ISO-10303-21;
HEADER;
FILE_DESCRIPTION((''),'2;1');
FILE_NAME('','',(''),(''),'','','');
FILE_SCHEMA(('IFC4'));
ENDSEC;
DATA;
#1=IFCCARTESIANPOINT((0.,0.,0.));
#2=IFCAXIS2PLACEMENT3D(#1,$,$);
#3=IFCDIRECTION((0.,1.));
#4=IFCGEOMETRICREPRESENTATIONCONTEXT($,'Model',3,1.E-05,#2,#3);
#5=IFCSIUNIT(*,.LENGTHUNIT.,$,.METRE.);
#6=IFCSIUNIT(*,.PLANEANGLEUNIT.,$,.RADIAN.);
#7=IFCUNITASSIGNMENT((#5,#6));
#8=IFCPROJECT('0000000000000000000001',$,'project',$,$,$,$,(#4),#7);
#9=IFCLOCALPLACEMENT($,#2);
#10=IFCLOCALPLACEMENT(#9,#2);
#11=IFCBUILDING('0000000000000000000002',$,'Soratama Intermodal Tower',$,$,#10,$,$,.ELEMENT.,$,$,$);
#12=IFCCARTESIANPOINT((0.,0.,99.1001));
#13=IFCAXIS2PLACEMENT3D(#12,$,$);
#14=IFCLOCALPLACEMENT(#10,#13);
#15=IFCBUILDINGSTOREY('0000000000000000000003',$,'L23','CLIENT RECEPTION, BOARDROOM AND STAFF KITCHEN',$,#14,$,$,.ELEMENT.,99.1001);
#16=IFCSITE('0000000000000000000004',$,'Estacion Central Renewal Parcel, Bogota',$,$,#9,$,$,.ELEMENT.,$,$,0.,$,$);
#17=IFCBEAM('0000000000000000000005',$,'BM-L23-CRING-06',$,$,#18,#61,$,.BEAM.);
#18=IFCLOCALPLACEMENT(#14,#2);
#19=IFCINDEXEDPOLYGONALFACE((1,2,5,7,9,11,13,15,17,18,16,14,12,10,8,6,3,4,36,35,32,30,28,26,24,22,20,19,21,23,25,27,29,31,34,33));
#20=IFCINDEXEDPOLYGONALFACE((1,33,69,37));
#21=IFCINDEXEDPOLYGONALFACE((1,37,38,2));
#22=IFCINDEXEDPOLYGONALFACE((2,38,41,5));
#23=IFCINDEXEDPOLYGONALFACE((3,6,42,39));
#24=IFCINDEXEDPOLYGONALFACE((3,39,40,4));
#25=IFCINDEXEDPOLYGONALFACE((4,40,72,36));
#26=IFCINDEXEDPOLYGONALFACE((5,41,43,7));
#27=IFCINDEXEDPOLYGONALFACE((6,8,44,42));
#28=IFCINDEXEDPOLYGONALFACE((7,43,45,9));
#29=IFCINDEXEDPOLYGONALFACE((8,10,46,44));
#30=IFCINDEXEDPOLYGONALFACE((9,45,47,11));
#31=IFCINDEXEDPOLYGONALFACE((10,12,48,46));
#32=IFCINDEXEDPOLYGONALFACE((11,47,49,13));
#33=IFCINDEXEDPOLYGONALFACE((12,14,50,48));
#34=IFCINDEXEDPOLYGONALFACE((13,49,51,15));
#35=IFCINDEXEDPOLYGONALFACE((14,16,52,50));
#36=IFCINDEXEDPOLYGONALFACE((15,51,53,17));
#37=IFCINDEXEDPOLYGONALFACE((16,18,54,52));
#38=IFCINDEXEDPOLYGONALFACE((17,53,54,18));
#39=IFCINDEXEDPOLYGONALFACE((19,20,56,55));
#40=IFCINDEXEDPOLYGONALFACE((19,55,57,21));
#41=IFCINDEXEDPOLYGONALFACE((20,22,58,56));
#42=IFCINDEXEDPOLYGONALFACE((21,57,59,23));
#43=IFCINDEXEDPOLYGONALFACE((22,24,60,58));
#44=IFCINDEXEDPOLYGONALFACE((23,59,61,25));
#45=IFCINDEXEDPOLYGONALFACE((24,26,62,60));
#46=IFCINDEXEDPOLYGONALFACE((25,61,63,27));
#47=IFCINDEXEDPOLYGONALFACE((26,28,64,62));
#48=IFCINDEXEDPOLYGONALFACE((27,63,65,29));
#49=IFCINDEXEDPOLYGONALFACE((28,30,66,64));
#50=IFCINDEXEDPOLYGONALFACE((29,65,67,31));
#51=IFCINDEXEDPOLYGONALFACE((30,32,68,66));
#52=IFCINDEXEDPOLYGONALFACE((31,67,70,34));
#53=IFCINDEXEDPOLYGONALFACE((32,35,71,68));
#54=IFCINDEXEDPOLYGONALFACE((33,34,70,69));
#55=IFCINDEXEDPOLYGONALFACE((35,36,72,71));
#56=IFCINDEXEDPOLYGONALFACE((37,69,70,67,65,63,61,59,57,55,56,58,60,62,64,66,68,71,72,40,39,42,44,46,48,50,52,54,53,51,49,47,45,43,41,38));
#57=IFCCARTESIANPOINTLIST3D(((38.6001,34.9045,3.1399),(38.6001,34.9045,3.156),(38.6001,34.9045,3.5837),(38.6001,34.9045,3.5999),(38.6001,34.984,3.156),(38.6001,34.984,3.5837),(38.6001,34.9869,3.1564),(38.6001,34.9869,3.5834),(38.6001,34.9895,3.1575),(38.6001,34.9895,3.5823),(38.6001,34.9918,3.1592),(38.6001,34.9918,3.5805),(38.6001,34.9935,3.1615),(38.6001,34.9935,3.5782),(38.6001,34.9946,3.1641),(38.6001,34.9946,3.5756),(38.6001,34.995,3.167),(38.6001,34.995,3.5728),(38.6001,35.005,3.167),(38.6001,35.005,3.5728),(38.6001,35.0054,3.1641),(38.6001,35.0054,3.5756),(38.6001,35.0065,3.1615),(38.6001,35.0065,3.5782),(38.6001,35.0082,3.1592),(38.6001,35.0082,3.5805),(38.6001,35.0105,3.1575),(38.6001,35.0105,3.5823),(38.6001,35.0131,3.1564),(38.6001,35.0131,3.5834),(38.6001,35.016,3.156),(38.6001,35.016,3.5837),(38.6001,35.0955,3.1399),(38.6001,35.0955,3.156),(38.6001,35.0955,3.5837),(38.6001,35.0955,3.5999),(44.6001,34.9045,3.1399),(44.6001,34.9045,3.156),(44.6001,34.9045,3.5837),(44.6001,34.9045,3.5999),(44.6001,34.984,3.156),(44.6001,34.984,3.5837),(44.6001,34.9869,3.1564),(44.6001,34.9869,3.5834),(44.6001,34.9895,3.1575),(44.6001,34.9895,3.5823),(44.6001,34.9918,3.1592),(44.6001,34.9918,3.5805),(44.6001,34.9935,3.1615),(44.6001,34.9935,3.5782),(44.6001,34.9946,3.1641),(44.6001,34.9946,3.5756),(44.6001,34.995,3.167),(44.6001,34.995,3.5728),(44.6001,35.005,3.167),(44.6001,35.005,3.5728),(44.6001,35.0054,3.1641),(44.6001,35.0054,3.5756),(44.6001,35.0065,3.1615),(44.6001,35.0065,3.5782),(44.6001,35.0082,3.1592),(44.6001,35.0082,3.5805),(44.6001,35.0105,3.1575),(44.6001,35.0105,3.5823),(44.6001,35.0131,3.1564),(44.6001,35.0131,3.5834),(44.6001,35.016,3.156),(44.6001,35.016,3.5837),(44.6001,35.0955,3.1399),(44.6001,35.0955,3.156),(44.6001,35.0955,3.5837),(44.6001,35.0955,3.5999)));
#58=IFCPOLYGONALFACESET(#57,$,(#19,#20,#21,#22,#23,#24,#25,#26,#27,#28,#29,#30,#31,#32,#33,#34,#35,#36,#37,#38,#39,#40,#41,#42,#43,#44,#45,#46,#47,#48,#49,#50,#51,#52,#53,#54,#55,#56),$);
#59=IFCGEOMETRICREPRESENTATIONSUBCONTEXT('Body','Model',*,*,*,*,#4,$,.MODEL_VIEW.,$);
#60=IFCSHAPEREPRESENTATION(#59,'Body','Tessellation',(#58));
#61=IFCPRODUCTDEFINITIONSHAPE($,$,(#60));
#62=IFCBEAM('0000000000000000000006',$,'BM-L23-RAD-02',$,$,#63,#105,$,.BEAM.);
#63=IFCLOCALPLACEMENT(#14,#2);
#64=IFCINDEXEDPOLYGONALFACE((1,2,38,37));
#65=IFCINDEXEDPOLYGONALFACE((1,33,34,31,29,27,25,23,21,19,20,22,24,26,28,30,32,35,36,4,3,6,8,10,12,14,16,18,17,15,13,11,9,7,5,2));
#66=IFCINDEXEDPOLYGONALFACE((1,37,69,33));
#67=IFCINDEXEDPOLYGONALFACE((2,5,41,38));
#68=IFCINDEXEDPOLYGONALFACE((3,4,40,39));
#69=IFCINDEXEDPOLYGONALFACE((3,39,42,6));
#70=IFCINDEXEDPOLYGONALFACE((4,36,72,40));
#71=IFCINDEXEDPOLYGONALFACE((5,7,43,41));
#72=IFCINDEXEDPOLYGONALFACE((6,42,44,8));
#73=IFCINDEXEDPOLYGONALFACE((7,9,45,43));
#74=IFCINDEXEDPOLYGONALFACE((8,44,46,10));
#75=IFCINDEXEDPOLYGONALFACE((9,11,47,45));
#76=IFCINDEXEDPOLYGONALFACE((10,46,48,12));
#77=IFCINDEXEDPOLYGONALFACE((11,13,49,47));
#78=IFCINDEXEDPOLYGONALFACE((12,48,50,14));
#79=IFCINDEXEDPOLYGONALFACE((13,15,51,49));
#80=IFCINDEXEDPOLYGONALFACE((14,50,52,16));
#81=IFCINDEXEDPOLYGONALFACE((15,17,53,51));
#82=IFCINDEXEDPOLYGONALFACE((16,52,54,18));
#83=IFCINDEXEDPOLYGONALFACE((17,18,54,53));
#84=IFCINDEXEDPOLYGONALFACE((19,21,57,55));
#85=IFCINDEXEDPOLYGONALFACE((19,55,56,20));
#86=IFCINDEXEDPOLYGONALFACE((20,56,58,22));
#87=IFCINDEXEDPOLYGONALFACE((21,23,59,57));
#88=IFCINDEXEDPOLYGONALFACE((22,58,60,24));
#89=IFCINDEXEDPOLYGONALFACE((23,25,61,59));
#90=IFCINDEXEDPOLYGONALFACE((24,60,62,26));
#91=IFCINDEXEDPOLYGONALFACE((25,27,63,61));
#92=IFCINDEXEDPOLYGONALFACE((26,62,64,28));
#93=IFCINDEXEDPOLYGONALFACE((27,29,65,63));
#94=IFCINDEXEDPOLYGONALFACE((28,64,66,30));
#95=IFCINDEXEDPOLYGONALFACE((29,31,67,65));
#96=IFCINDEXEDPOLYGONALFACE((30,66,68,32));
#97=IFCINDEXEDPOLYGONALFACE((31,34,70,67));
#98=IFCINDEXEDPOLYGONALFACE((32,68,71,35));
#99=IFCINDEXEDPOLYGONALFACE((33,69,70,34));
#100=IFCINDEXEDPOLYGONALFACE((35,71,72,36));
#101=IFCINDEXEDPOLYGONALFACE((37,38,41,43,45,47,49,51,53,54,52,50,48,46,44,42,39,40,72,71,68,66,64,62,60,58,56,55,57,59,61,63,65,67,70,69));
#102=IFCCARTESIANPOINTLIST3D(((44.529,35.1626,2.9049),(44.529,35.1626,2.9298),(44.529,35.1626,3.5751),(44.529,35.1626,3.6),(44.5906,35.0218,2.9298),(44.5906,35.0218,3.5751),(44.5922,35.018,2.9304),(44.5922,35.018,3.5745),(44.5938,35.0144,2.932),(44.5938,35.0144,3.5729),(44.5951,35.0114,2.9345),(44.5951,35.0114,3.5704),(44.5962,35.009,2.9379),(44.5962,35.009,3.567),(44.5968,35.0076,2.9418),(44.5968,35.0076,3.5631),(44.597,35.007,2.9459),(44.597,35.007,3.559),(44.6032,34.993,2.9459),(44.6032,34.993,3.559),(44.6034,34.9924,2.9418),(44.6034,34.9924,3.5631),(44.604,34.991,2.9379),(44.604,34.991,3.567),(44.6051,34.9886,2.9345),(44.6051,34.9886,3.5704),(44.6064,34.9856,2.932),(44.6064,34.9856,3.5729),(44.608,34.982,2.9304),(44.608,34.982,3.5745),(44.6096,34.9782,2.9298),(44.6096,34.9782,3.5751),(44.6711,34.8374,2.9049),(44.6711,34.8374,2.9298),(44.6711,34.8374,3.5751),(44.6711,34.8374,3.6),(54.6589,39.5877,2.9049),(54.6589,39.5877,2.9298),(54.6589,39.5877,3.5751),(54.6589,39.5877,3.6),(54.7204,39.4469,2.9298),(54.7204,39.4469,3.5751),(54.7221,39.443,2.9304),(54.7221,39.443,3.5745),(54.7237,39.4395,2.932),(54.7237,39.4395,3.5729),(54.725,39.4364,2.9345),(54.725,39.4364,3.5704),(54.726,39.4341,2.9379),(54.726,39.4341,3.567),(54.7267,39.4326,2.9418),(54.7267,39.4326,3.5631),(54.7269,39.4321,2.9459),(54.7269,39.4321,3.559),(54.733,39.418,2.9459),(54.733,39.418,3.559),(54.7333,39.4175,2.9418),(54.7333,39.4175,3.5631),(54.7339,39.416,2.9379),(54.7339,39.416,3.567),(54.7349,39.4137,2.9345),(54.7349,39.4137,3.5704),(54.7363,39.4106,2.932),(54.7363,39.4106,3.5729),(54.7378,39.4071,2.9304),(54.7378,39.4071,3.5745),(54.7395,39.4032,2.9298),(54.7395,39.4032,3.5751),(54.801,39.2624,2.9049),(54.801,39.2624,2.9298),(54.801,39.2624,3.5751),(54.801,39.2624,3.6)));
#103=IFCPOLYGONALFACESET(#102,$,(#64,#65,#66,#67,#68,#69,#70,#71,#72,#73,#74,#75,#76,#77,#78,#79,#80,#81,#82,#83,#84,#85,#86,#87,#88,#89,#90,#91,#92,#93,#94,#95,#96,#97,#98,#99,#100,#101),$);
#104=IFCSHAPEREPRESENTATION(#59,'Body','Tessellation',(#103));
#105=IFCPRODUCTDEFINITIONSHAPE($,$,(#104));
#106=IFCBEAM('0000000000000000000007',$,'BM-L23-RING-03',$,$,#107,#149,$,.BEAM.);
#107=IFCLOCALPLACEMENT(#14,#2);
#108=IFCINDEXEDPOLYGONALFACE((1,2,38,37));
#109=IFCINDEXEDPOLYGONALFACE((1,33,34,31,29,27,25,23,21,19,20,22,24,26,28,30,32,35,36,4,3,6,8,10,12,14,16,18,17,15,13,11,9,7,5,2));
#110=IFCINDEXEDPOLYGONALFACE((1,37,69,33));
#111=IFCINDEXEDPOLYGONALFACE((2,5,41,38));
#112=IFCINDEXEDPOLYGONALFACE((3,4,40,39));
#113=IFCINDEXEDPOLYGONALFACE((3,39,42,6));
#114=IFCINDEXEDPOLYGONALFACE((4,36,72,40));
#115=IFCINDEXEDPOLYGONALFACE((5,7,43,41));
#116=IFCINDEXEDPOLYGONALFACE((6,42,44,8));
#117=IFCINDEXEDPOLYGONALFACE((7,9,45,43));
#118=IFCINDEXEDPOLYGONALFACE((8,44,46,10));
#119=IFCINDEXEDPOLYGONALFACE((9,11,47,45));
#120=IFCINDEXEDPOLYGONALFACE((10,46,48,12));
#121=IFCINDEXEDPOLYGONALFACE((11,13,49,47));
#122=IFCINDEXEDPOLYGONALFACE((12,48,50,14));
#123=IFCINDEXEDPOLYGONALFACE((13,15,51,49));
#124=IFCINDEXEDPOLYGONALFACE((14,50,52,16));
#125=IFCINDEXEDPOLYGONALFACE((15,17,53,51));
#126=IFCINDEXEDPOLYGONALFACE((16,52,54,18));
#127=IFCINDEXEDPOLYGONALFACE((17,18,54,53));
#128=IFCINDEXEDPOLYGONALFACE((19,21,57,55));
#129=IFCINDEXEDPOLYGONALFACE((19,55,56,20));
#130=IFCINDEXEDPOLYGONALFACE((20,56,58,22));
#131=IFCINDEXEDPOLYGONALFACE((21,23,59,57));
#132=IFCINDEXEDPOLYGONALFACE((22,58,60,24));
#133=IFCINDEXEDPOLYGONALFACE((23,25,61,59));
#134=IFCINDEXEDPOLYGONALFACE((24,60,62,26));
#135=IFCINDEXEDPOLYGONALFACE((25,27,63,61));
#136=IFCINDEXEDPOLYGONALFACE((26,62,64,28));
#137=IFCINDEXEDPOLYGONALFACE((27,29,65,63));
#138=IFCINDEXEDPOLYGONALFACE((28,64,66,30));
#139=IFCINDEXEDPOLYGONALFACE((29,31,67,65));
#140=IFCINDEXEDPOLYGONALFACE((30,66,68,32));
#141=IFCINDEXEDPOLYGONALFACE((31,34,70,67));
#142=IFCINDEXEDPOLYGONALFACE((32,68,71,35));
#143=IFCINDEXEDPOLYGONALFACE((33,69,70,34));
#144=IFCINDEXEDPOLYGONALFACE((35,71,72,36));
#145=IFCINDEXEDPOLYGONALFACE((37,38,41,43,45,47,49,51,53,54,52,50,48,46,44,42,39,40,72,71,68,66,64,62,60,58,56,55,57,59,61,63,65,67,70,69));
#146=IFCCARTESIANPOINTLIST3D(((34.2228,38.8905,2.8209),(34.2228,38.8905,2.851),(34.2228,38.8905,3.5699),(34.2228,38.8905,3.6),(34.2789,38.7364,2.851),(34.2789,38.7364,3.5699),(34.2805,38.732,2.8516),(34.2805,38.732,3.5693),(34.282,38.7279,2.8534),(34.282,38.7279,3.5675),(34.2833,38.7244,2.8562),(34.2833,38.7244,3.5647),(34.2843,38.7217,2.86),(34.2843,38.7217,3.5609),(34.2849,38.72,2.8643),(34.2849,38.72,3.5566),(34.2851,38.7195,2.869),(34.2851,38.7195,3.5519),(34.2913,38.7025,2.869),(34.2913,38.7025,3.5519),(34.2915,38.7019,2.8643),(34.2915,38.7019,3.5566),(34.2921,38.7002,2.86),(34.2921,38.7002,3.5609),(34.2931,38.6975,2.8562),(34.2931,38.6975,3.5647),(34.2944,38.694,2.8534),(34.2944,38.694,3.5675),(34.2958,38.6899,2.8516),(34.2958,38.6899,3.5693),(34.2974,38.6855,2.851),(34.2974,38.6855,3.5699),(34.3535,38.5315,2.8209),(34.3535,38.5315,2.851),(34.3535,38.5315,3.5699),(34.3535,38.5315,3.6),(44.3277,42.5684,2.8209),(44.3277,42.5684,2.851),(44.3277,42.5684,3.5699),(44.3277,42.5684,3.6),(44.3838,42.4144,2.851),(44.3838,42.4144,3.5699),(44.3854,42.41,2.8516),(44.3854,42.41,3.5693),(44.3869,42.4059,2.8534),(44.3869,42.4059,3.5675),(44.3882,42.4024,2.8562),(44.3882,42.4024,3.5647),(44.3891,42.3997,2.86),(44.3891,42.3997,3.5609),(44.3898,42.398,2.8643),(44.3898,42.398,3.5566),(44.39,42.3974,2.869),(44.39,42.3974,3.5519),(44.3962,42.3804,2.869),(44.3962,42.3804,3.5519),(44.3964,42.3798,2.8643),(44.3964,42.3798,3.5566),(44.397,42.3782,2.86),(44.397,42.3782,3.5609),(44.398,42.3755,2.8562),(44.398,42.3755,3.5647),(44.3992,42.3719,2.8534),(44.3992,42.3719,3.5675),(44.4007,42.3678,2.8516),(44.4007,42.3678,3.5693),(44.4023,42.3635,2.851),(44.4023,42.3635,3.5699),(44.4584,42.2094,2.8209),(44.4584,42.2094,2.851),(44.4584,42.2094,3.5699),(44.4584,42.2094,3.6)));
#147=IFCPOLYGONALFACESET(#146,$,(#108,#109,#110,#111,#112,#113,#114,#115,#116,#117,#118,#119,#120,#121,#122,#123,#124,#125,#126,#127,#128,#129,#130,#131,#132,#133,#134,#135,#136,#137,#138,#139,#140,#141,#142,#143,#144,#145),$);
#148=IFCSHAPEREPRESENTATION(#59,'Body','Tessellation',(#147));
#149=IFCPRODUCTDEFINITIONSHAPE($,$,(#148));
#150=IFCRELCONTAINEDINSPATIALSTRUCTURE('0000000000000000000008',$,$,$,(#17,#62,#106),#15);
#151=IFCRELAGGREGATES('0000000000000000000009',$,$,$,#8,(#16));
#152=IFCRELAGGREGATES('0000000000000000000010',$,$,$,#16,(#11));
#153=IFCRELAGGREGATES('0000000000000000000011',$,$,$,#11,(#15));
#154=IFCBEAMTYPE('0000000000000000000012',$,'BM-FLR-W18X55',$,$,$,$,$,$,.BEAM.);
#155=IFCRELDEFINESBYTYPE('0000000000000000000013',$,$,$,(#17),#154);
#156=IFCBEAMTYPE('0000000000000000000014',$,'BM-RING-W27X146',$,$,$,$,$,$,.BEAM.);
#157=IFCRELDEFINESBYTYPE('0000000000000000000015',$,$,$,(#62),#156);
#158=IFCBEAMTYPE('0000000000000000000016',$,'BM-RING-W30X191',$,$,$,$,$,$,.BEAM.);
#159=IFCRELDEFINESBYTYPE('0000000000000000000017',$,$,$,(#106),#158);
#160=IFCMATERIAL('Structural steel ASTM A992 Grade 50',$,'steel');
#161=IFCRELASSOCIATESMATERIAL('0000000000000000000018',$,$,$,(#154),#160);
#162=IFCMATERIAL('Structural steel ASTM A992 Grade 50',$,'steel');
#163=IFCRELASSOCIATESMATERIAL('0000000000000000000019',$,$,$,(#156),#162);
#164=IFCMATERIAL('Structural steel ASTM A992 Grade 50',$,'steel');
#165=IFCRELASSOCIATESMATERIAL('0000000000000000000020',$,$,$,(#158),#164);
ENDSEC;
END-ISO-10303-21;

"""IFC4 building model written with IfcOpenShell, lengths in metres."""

from ifc_helpers import new_model, si_unit, direction, frame, origin, origin_2d, place, context, subcontext, project, spatial, i_section, extrude, material, material_profile, profile_set, type_object, element, save


model = new_model("IFC4")

# Units and contexts
model_context = context("Model", 3, precision=1e-05, world=origin(), true_north=direction((0.0, 1.0)))
body_context = subcontext(model_context, "Body", "Model", "MODEL_VIEW")
ifc_project = project(units=[si_unit("LENGTHUNIT", "METRE"), si_unit("PLANEANGLEUNIT", "RADIAN")], contexts=[model_context])

# Site, building, storey
site_placement = place(None, origin())
site = spatial("IfcSite", under=ifc_project, at=site_placement, Name="Estacion Central Renewal Parcel, Bogota", CompositionType="ELEMENT", RefElevation=0.0)
building_placement = place(site_placement, origin())
building = spatial("IfcBuilding", under=site, at=building_placement, Name="Soratama Intermodal Tower", CompositionType="ELEMENT")
storey_placement = place(building_placement, frame((0.0, 0.0, 99.1001)))
storey = spatial("IfcBuildingStorey", under=building, at=storey_placement, Name="L23", Description="CLIENT RECEPTION, BOARDROOM AND STAFF KITCHEN", CompositionType="ELEMENT", Elevation=99.1001)

# Beams
ifc_material_1 = material(Name="Structural steel ASTM A992 Grade 50", Category="steel")
ifc_material_profile_1 = material_profile(ifc_material_1, i_section(OverallWidth=0.1909, OverallDepth=0.46, WebThickness=0.01, FlangeThickness=0.0161, FilletRadius=0.011, at=origin_2d()), Name="W18X55")
ifc_profile_set_1 = profile_set([ifc_material_profile_1], Name="Structural steel ASTM A992 Grade 50")
beam_type_1 = type_object("IfcBeamType", Name="BM-FLR-W18X55", PredefinedType="BEAM", material=ifc_profile_set_1)
beam_1_placement = place(storey_placement, frame((44.6001, 35.0, 3.3699), z_axis=(-1.0, 0.0, 0.0), x_axis=(0.0, -1.0, 0.0)))
element("IfcBeam", 1, at=beam_1_placement, inside=storey, type_object=beam_type_1, Name="BM-L23-CRING-06", PredefinedType="BEAM", context=body_context, shape_type="SweptSolid", body=[
    extrude(i_section(OverallWidth=0.1909, OverallDepth=0.46, WebThickness=0.01, FlangeThickness=0.0161, FilletRadius=0.011, at=origin_2d()), origin(), (0.0, 0.0, 1.0), 6.0),
])
ifc_material_2 = material(Name="Structural steel ASTM A992 Grade 50", Category="steel")
ifc_material_profile_2 = material_profile(ifc_material_2, i_section(OverallWidth=0.355, OverallDepth=0.6951, WebThickness=0.0154, FlangeThickness=0.0249, FilletRadius=0.0161, at=origin_2d()), Name="W27X146")
ifc_profile_set_2 = profile_set([ifc_material_profile_2], Name="Structural steel ASTM A992 Grade 50")
beam_type_2 = type_object("IfcBeamType", Name="BM-RING-W27X146", PredefinedType="BEAM", material=ifc_profile_set_2)
beam_2_placement = place(storey_placement, frame((44.6001, 35.0, 3.2524), z_axis=(0.916382, 0.400304, 0.0), x_axis=(-0.400304, 0.916382, 0.0)))
element("IfcBeam", 2, at=beam_2_placement, inside=storey, type_object=beam_type_2, Name="BM-L23-RAD-02", PredefinedType="BEAM", context=body_context, shape_type="SweptSolid", body=[
    extrude(i_section(OverallWidth=0.355, OverallDepth=0.6951, WebThickness=0.0154, FlangeThickness=0.0249, FilletRadius=0.0161, at=origin_2d()), origin(), (0.0, 0.0, 1.0), 11.0542),
])
ifc_material_3 = material(Name="Structural steel ASTM A992 Grade 50", Category="steel")
ifc_material_profile_3 = material_profile(ifc_material_3, i_section(OverallWidth=0.3821, OverallDepth=0.7791, WebThickness=0.0181, FlangeThickness=0.03, FilletRadius=0.0181, at=origin_2d()), Name="W30X191")
ifc_profile_set_3 = profile_set([ifc_material_profile_3], Name="Structural steel ASTM A992 Grade 50")
beam_type_3 = type_object("IfcBeamType", Name="BM-RING-W30X191", PredefinedType="BEAM", material=ifc_profile_set_3)
beam_3_placement = place(storey_placement, frame((44.3931, 42.3889, 3.2104), z_axis=(-0.939691, -0.342026, 0.0), x_axis=(0.342026, -0.939691, 0.0)))
element("IfcBeam", 3, at=beam_3_placement, inside=storey, type_object=beam_type_3, Name="BM-L23-RING-03", PredefinedType="BEAM", context=body_context, shape_type="SweptSolid", body=[
    extrude(i_section(OverallWidth=0.3821, OverallDepth=0.7791, WebThickness=0.0181, FlangeThickness=0.03, FilletRadius=0.0181, at=origin_2d()), origin(), (0.0, 0.0, 1.0), 10.7534),
])

save(model, "model.ifc")
